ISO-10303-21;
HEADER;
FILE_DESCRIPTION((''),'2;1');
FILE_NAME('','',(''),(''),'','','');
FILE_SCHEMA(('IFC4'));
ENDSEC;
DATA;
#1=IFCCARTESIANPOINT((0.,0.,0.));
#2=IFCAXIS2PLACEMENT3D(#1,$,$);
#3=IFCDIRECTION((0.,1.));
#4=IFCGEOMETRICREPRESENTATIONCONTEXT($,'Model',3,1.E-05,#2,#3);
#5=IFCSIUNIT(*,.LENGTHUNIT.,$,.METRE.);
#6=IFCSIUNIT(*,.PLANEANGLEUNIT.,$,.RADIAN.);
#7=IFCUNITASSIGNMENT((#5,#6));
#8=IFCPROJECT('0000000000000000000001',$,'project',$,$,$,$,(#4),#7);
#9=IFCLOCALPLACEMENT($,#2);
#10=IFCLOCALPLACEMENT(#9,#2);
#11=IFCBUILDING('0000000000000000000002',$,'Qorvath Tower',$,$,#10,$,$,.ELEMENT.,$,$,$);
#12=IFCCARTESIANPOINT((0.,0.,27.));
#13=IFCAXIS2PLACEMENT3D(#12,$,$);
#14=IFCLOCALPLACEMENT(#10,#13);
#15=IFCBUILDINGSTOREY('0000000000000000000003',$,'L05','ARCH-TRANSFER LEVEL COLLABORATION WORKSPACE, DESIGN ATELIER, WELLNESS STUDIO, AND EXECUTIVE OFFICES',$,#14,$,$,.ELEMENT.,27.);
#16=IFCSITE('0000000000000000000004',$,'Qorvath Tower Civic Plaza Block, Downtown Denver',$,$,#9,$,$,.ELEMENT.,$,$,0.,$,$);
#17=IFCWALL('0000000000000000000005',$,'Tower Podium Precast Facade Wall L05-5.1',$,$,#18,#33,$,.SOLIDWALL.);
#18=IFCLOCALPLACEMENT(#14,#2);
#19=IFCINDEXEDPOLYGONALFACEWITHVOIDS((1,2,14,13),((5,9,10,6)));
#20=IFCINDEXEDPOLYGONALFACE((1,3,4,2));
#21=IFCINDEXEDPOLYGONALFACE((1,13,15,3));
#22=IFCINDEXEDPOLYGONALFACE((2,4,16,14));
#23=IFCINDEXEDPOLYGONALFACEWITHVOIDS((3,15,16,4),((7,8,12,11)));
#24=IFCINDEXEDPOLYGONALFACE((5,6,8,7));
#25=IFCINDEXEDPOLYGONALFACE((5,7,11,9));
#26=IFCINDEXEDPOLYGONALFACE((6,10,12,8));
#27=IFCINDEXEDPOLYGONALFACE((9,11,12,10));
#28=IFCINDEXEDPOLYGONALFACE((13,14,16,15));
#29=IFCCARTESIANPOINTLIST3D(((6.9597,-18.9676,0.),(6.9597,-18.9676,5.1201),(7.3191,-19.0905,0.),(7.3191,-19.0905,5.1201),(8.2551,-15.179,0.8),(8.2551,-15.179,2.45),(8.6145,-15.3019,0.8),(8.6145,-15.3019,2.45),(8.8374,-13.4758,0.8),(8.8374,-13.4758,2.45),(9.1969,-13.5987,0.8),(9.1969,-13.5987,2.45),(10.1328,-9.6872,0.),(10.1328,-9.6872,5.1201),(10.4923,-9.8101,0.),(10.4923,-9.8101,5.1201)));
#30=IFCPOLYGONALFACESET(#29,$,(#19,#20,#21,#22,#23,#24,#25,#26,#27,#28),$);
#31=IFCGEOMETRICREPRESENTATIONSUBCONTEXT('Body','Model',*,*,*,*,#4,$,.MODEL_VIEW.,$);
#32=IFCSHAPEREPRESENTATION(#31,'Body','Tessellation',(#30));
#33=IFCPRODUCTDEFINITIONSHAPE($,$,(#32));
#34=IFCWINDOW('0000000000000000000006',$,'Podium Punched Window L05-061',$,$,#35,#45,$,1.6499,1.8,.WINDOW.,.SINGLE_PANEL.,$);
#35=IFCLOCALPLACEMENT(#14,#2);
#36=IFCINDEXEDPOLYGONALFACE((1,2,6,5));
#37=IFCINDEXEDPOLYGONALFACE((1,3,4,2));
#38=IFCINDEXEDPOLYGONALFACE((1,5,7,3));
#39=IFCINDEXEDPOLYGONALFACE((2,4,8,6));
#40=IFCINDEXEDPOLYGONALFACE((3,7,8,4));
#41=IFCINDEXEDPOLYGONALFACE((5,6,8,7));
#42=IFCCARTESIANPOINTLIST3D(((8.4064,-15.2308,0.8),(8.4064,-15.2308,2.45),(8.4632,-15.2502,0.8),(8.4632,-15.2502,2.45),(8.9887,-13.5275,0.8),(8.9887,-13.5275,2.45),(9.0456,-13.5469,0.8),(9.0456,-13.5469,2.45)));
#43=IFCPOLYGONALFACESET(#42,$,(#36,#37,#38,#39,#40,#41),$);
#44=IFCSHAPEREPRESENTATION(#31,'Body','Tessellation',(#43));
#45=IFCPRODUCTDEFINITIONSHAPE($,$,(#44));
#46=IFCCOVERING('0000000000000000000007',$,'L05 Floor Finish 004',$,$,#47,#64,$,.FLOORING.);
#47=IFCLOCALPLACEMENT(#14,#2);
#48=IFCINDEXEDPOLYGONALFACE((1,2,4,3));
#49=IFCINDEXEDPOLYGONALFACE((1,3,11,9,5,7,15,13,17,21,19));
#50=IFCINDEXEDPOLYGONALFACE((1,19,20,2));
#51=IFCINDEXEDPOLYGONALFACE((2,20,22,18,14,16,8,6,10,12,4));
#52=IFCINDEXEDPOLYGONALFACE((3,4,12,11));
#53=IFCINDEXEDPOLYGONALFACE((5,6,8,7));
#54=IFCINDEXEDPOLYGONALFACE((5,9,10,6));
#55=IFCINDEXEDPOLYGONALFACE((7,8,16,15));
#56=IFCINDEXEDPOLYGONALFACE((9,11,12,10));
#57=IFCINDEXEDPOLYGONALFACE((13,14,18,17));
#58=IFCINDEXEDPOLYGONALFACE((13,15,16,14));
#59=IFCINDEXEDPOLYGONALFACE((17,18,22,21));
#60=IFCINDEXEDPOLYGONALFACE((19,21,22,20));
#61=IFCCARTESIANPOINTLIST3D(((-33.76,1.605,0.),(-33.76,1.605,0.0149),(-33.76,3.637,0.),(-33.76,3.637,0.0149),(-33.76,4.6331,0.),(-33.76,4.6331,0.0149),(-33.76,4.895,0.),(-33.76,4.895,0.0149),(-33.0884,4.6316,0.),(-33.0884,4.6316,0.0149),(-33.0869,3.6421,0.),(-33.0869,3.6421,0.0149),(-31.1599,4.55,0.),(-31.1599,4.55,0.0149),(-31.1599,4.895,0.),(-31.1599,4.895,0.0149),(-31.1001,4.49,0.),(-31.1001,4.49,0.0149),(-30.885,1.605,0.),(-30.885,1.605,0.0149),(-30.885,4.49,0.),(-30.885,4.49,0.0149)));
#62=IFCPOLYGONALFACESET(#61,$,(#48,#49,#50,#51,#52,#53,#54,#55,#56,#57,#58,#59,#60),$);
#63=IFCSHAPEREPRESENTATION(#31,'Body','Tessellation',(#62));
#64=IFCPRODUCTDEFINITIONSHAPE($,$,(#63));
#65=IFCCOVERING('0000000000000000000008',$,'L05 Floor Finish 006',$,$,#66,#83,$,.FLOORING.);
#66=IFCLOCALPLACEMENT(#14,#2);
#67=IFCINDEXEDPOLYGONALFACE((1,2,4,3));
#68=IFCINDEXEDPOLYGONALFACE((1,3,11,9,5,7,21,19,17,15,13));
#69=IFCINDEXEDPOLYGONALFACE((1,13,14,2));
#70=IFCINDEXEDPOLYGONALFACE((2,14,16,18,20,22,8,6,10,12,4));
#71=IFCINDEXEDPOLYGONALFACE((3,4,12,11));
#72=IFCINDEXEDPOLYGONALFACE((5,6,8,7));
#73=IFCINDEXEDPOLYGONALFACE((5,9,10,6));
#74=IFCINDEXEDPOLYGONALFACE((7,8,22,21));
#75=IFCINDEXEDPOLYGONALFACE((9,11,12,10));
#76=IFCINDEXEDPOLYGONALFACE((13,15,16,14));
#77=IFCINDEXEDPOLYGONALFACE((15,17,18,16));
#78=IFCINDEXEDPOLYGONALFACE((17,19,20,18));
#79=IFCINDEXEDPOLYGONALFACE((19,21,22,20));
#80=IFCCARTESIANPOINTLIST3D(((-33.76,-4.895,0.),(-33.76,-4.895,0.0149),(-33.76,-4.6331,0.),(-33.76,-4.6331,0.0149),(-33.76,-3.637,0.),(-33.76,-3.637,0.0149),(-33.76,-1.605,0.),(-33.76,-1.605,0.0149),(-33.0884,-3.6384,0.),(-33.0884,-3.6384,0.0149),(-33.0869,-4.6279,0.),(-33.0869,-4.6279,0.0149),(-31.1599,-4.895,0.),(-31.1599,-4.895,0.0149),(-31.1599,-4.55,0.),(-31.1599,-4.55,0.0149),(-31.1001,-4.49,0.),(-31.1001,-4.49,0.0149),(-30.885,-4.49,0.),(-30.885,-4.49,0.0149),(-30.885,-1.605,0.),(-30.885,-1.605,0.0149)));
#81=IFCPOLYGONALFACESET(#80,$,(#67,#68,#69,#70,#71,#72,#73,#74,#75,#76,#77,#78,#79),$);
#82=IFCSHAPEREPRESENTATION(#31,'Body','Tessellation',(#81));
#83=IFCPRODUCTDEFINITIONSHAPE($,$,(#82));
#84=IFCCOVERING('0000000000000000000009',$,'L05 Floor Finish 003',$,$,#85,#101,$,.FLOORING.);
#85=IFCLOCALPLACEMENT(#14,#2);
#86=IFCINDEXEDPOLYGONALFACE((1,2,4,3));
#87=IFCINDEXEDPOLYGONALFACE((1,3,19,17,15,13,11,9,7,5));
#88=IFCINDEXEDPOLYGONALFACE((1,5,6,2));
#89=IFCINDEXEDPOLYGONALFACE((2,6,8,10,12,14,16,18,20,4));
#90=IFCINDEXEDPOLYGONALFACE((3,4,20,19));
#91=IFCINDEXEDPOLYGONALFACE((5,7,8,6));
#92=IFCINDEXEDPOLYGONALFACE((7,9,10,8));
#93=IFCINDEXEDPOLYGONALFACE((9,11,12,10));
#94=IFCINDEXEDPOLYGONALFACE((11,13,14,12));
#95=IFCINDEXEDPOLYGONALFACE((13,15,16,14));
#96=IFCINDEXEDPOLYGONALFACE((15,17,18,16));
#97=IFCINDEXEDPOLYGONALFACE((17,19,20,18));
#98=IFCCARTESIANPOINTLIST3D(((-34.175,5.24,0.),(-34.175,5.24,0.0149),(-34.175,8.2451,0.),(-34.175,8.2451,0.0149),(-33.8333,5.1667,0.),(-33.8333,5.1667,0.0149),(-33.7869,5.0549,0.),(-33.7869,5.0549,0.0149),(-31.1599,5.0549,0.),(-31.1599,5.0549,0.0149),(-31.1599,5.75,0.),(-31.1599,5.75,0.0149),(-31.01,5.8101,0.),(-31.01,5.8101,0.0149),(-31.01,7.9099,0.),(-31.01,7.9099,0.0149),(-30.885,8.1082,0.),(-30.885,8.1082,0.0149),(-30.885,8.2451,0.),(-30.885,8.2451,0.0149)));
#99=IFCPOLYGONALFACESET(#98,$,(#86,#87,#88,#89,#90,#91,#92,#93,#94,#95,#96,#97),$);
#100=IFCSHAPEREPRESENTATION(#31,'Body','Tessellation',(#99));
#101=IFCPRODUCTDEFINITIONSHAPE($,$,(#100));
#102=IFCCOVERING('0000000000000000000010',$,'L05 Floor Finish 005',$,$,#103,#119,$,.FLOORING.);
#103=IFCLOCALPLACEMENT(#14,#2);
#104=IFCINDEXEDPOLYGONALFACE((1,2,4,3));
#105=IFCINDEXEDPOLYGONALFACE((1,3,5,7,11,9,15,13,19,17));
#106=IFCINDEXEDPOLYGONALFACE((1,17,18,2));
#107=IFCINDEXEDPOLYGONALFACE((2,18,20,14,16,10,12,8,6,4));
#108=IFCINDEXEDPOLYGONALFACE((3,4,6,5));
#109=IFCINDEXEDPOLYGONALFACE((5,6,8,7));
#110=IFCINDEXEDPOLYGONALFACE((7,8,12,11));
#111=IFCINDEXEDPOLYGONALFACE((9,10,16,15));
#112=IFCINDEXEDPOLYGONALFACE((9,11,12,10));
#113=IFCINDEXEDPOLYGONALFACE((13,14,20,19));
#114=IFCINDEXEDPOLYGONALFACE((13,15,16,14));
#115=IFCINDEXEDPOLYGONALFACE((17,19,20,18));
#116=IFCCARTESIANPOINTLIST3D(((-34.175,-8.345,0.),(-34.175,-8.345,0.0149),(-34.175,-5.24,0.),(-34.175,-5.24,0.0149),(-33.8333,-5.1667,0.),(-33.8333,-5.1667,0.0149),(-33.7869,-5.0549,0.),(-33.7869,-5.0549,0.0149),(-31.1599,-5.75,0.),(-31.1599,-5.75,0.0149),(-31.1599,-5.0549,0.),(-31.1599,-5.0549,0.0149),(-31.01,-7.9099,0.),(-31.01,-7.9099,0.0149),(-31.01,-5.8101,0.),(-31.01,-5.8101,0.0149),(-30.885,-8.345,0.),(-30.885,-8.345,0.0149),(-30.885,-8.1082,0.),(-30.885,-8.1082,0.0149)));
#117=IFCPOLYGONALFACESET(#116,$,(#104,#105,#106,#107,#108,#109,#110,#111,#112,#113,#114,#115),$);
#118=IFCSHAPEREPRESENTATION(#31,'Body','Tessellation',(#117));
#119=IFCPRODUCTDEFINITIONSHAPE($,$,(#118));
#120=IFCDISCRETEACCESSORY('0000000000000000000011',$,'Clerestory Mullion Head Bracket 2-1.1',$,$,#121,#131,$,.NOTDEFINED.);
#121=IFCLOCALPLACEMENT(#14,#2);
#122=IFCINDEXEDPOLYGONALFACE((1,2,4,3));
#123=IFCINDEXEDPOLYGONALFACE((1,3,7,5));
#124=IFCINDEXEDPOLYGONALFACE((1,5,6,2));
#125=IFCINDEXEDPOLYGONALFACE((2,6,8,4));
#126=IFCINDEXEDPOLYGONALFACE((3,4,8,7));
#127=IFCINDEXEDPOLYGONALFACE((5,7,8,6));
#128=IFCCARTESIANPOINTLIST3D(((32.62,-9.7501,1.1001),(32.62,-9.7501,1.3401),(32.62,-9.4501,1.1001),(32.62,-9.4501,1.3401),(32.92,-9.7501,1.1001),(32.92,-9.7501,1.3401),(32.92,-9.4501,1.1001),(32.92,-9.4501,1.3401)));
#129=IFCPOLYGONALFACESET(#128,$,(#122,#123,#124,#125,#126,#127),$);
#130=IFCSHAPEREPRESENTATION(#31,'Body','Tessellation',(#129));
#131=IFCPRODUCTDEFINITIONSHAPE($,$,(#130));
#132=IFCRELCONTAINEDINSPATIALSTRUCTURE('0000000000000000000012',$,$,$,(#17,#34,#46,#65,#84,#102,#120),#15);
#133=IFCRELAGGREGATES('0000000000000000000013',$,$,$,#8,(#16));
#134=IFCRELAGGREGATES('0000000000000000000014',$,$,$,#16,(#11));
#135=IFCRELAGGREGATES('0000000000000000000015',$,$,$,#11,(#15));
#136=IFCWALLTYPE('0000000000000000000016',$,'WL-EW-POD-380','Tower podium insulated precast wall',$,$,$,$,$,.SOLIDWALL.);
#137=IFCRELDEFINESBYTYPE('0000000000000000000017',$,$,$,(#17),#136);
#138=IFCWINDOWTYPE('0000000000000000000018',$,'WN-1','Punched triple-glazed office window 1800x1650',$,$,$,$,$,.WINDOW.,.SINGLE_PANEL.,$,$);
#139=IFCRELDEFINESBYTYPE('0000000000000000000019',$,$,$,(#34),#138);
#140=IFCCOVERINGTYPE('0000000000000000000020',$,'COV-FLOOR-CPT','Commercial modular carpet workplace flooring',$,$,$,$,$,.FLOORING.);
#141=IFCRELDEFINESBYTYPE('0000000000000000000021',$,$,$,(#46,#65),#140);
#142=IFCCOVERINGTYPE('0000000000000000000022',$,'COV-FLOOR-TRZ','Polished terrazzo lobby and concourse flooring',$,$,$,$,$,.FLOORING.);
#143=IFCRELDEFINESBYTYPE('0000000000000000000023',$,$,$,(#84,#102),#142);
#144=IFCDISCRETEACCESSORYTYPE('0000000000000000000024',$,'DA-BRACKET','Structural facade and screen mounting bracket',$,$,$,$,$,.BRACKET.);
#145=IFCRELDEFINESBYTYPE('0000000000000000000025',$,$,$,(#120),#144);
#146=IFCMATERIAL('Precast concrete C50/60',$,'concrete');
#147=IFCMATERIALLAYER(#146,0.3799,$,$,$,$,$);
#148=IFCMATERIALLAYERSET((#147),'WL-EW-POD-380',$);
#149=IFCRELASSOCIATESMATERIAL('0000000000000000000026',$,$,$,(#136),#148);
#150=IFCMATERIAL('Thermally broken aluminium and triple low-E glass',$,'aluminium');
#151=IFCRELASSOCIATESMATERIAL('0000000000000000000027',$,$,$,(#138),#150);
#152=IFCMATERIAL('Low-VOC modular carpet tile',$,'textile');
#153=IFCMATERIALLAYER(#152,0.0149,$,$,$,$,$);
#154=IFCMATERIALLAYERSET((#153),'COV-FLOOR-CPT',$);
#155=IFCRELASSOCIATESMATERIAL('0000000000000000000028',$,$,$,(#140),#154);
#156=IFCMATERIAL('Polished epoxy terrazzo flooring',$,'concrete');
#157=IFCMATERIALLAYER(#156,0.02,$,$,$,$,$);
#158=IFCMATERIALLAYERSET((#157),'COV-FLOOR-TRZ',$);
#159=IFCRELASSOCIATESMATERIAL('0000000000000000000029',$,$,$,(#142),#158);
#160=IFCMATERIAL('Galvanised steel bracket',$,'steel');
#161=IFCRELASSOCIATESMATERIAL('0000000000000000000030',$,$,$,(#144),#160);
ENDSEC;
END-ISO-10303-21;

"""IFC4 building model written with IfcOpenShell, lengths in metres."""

from ifc_helpers import new_model, si_unit, direction, frame, frame_2d, origin, origin_2d, place, context, subcontext, project, spatial, polyline, rectangle, outline, extrude, material, layer, layer_set, type_object, element, fill, save


model = new_model("IFC4")

# Units and contexts
model_context = context("Model", 3, precision=1e-05, world=origin(), true_north=direction((0.0, 1.0)))
body_context = subcontext(model_context, "Body", "Model", "MODEL_VIEW")
ifc_project = project(units=[si_unit("LENGTHUNIT", "METRE"), si_unit("PLANEANGLEUNIT", "RADIAN")], contexts=[model_context])

# Site, building, storey
site_placement = place(None, origin())
site = spatial("IfcSite", under=ifc_project, at=site_placement, Name="Qorvath Tower Civic Plaza Block, Downtown Denver", CompositionType="ELEMENT", RefElevation=0.0)
building_placement = place(site_placement, origin())
building = spatial("IfcBuilding", under=site, at=building_placement, Name="Qorvath Tower", CompositionType="ELEMENT")
storey_placement = place(building_placement, frame((0.0, 0.0, 27.0)))
storey = spatial("IfcBuildingStorey", under=building, at=storey_placement, Name="L05", Description="ARCH-TRANSFER LEVEL COLLABORATION WORKSPACE, DESIGN ATELIER, WELLNESS STUDIO, AND EXECUTIVE OFFICES", CompositionType="ELEMENT", Elevation=27.0)

# Wall, opening, window
ifc_material_1 = material(Name="Precast concrete C50/60", Category="concrete")
ifc_layer_1 = layer(ifc_material_1, 0.3799)
ifc_layer_set_1 = layer_set([ifc_layer_1], Name="WL-EW-POD-380")
wall_type_1 = type_object("IfcWallType", Name="WL-EW-POD-380", Description="Tower podium insulated precast wall", PredefinedType="SOLIDWALL", material=ifc_layer_set_1)
wall_1_placement = place(storey_placement, frame((10.3125, -9.7488, 0.0), z_axis=(0.0, 0.0, 1.0), x_axis=(-0.323529, -0.946218, 0.0)))
wall_1 = element("IfcWall", 1, at=wall_1_placement, inside=storey, type_object=wall_type_1, Name="Tower Podium Precast Facade Wall L05-5.1", PredefinedType="SOLIDWALL", context=body_context, shape_type="SweptSolid", body=[
    extrude(rectangle(XDim=9.8079, YDim=0.3799, at=frame_2d((4.9038, 0.0))), origin(), (0.0, 0.0, 1.0), 5.1201),
])
opening_placement = place(wall_1_placement, frame((4.0039, 0.0, 0.8)))
opening = element("IfcOpeningElement", 2, at=opening_placement, cuts=wall_1, PredefinedType="OPENING", context=body_context, shape_type="SweptSolid", body=[
    extrude(rectangle(XDim=1.8, YDim=1.6499, at=frame_2d((0.8999, 0.825))), frame((0.0, 0.2, 0.0), z_axis=(0.0, -1.0, 0.0), x_axis=(1.0, 0.0, 0.0)), (0.0, 0.0, 1.0), 0.3999),
])
ifc_material_2 = material(Name="Thermally broken aluminium and triple low-E glass", Category="aluminium")
window_type = type_object("IfcWindowType", Name="WN-1", Description="Punched triple-glazed office window 1800x1650", PartitioningType="SINGLE_PANEL", PredefinedType="WINDOW", material=ifc_material_2)
window_placement = place(opening_placement, origin())
window = element("IfcWindow", 3, at=window_placement, inside=storey, type_object=window_type, Name="Podium Punched Window L05-061", OverallHeight=1.6499, OverallWidth=1.8, PartitioningType="SINGLE_PANEL", PredefinedType="WINDOW", context=body_context, shape_type="SweptSolid", body=[
    extrude(rectangle(XDim=1.8, YDim=1.6499, at=frame_2d((0.8999, 0.825))), frame((0.0, 0.03, 0.0), z_axis=(0.0, -1.0, 0.0), x_axis=(1.0, 0.0, 0.0)), (0.0, 0.0, 1.0), 0.0601),
])
fill(opening, window)

# Coverings
ifc_material_3 = material(Name="Low-VOC modular carpet tile", Category="textile")
ifc_layer_2 = layer(ifc_material_3, 0.0149)
ifc_layer_set_2 = layer_set([ifc_layer_2], Name="COV-FLOOR-CPT")
covering_type_1 = type_object("IfcCoveringType", Name="COV-FLOOR-CPT", Description="Commercial modular carpet workplace flooring", PredefinedType="FLOORING", material=ifc_layer_set_2)
covering_1_placement = place(storey_placement, origin())
element("IfcCovering", 4, at=covering_1_placement, inside=storey, type_object=covering_type_1, Name="L05 Floor Finish 004", PredefinedType="FLOORING", context=body_context, shape_type="SweptSolid", body=[
    extrude(outline(polyline([(-31.1599, 4.895), (-33.76, 4.895), (-33.76, 4.6331), (-33.0884, 4.6316), (-33.0869, 3.6421), (-33.76, 3.637), (-33.76, 1.605), (-30.885, 1.605), (-30.885, 4.49), (-31.1001, 4.49), (-31.1599, 4.55), (-31.1599, 4.895)])), origin(), (0.0, 0.0, 1.0), 0.0149),
])
covering_2_placement = place(storey_placement, origin())
element("IfcCovering", 5, at=covering_2_placement, inside=storey, type_object=covering_type_1, Name="L05 Floor Finish 006", PredefinedType="FLOORING", context=body_context, shape_type="SweptSolid", body=[
    extrude(outline(polyline([(-30.885, -4.49), (-30.885, -1.605), (-33.76, -1.605), (-33.76, -3.637), (-33.0884, -3.6384), (-33.0869, -4.6279), (-33.76, -4.6331), (-33.76, -4.895), (-31.1599, -4.895), (-31.1599, -4.55), (-31.1001, -4.49), (-30.885, -4.49)])), origin(), (0.0, 0.0, 1.0), 0.0149),
])
ifc_material_4 = material(Name="Polished epoxy terrazzo flooring", Category="concrete")
ifc_layer_3 = layer(ifc_material_4, 0.02)
ifc_layer_set_3 = layer_set([ifc_layer_3], Name="COV-FLOOR-TRZ")
covering_type_2 = type_object("IfcCoveringType", Name="COV-FLOOR-TRZ", Description="Polished terrazzo lobby and concourse flooring", PredefinedType="FLOORING", material=ifc_layer_set_3)
covering_3_placement = place(storey_placement, origin())
element("IfcCovering", 6, at=covering_3_placement, inside=storey, type_object=covering_type_2, Name="L05 Floor Finish 003", PredefinedType="FLOORING", context=body_context, shape_type="SweptSolid", body=[
    extrude(outline(polyline([(-31.01, 7.9099), (-30.885, 8.1082), (-30.885, 8.2451), (-34.175, 8.2451), (-34.175, 5.24), (-33.8333, 5.1667), (-33.7869, 5.0549), (-31.1599, 5.0549), (-31.1599, 5.75), (-31.01, 5.8101), (-31.01, 7.9099)])), origin(), (0.0, 0.0, 1.0), 0.0149),
])
covering_4_placement = place(storey_placement, origin())
element("IfcCovering", 7, at=covering_4_placement, inside=storey, type_object=covering_type_2, Name="L05 Floor Finish 005", PredefinedType="FLOORING", context=body_context, shape_type="SweptSolid", body=[
    extrude(outline(polyline([(-31.1599, -5.0549), (-33.7869, -5.0549), (-33.8333, -5.1667), (-34.175, -5.24), (-34.175, -8.345), (-30.885, -8.345), (-30.885, -8.1082), (-31.01, -7.9099), (-31.01, -5.8101), (-31.1599, -5.75), (-31.1599, -5.0549)])), origin(), (0.0, 0.0, 1.0), 0.0149),
])

# Discrete accessory
ifc_material_5 = material(Name="Galvanised steel bracket", Category="steel")
discrete_accessory_type = type_object("IfcDiscreteAccessoryType", Name="DA-BRACKET", Description="Structural facade and screen mounting bracket", PredefinedType="BRACKET", material=ifc_material_5)
discrete_accessory_placement = place(storey_placement, frame((32.77, -9.6001, 1.1001), z_axis=(0.0, 0.0, 1.0), x_axis=(1.0, 0.0, 0.0)))
element("IfcDiscreteAccessory", 8, at=discrete_accessory_placement, inside=storey, type_object=discrete_accessory_type, Name="Clerestory Mullion Head Bracket 2-1.1", PredefinedType="NOTDEFINED", context=body_context, shape_type="SweptSolid", body=[
    extrude(rectangle(XDim=0.3, YDim=0.3, at=origin_2d()), origin(), (0.0, 0.0, 1.0), 0.24),
])

save(model, "model.ifc")
